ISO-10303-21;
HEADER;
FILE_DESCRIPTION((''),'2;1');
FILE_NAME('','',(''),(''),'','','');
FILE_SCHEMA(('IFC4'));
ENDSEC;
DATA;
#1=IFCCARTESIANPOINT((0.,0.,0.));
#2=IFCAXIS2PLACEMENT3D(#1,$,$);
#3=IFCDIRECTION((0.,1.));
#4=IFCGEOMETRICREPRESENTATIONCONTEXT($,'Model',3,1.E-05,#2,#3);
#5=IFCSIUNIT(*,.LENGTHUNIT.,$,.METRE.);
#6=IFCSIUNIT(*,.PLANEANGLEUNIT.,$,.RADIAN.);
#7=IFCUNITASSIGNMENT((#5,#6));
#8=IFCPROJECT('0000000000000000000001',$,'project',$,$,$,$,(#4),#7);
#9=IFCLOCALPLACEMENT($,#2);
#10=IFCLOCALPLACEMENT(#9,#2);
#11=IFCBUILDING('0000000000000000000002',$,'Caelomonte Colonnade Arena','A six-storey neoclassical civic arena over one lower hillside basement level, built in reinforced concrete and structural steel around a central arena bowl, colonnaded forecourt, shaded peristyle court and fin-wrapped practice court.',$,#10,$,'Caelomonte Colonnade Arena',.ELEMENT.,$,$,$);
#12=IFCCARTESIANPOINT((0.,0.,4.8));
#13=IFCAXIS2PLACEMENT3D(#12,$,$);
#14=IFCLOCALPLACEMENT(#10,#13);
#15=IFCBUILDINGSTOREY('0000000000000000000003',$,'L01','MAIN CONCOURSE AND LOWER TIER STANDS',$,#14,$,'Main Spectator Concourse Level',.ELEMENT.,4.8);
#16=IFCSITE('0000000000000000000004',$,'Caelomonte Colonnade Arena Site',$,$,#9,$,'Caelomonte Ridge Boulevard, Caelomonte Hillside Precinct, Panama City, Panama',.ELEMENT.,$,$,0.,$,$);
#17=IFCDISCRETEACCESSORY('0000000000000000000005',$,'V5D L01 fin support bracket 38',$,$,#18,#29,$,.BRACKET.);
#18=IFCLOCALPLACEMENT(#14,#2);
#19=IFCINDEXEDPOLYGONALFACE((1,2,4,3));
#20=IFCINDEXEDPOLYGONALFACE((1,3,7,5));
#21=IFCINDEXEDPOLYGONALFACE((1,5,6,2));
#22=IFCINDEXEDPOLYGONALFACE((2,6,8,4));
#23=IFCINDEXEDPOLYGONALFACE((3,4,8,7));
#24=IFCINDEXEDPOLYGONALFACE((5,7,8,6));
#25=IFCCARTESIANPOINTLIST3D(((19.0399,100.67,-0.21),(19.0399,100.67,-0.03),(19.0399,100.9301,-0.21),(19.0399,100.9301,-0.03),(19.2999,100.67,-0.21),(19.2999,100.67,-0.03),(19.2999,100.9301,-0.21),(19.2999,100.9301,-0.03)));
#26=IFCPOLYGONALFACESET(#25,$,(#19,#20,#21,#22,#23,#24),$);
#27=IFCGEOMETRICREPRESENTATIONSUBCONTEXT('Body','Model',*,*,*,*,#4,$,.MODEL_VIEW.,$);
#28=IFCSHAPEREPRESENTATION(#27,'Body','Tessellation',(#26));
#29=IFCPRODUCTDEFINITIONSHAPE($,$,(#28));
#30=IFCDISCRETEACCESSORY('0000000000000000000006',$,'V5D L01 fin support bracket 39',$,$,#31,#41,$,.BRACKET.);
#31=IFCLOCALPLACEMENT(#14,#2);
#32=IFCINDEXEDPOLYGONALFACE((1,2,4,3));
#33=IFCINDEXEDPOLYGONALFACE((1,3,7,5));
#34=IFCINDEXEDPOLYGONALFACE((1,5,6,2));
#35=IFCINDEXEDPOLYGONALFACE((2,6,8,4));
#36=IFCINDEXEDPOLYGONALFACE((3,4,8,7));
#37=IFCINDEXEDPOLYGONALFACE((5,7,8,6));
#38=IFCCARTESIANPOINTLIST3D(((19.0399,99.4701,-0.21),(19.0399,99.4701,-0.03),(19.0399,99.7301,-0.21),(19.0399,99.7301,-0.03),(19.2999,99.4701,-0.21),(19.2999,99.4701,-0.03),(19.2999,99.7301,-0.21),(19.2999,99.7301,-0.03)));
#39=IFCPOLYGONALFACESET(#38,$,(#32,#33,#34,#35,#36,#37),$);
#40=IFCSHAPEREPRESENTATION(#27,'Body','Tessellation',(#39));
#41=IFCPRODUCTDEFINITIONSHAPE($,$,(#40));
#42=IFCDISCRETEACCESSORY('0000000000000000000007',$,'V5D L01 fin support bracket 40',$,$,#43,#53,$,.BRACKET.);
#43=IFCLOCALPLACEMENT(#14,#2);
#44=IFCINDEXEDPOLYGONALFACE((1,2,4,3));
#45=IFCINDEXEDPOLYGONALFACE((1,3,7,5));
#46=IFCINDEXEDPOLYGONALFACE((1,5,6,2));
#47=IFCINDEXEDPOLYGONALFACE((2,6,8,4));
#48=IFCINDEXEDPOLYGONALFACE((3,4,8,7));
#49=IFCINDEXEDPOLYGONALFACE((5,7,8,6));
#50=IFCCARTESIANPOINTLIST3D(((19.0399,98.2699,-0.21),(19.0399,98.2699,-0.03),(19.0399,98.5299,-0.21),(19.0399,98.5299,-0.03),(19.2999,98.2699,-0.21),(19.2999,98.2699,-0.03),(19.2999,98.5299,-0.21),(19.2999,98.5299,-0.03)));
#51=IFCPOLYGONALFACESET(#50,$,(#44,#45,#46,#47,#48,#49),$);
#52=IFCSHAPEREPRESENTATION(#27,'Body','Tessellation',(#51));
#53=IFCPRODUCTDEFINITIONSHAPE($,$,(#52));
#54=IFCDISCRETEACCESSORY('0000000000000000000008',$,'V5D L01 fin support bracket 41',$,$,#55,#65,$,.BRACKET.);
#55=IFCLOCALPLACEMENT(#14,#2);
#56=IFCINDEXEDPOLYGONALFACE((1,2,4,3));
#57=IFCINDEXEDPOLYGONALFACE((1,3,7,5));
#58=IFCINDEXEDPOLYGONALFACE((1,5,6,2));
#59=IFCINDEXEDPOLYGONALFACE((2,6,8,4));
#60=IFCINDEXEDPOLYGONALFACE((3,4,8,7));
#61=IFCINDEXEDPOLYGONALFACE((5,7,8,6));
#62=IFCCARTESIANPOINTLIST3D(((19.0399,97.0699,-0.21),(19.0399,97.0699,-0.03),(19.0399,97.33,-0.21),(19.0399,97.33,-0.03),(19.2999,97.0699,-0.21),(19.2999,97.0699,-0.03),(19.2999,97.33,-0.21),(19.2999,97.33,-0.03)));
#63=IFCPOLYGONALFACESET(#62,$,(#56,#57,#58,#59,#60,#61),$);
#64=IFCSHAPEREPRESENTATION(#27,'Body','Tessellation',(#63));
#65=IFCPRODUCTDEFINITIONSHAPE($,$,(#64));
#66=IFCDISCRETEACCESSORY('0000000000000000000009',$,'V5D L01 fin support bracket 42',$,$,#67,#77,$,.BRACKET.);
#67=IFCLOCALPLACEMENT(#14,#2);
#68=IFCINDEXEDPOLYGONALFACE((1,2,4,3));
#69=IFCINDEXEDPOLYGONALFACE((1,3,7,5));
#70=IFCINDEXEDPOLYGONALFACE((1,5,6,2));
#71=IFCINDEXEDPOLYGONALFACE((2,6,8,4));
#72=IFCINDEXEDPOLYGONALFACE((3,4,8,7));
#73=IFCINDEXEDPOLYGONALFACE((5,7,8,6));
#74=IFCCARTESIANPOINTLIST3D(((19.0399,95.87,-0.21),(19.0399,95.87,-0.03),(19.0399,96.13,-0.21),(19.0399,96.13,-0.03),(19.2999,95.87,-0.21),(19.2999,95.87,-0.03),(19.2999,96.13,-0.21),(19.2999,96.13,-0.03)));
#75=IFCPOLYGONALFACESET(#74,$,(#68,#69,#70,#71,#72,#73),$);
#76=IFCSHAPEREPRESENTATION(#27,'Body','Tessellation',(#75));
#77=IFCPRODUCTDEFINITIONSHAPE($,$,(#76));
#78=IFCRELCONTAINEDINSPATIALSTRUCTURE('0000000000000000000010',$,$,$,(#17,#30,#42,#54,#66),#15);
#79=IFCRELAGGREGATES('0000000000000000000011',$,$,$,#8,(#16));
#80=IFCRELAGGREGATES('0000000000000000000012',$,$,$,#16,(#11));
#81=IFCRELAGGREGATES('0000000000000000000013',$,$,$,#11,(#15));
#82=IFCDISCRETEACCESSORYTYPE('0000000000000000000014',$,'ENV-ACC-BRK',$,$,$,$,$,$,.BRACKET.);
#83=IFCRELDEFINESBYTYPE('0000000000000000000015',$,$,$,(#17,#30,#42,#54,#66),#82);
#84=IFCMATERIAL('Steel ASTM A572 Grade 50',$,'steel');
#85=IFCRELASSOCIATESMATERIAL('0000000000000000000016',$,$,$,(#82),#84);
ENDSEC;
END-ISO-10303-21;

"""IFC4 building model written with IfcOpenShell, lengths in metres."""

from ifc_helpers import new_model, si_unit, direction, frame, origin, origin_2d, place, context, subcontext, project, spatial, rectangle, extrude, material, type_object, element, save


model = new_model("IFC4")

# Units and contexts
model_context = context("Model", 3, precision=1e-05, world=origin(), true_north=direction((0.0, 1.0)))
body_context = subcontext(model_context, "Body", "Model", "MODEL_VIEW")
ifc_project = project(units=[si_unit("LENGTHUNIT", "METRE"), si_unit("PLANEANGLEUNIT", "RADIAN")], contexts=[model_context])

# Site, building, storey
site_placement = place(None, origin())
site = spatial("IfcSite", under=ifc_project, at=site_placement, Name="Caelomonte Colonnade Arena Site", LongName="Caelomonte Ridge Boulevard, Caelomonte Hillside Precinct, Panama City, Panama", CompositionType="ELEMENT", RefElevation=0.0)
building_placement = place(site_placement, origin())
building = spatial("IfcBuilding", under=site, at=building_placement, Name="Caelomonte Colonnade Arena", Description="A six-storey neoclassical civic arena over one lower hillside basement level, built in reinforced concrete and structural steel around a central arena bowl, colonnaded forecourt, shaded peristyle court and fin-wrapped practice court.", LongName="Caelomonte Colonnade Arena", CompositionType="ELEMENT")
storey_placement = place(building_placement, frame((0.0, 0.0, 4.8)))
storey = spatial("IfcBuildingStorey", under=building, at=storey_placement, Name="L01", Description="MAIN CONCOURSE AND LOWER TIER STANDS", LongName="Main Spectator Concourse Level", CompositionType="ELEMENT", Elevation=4.8)

# Discrete accessories
ifc_material_1 = material(Name="Steel ASTM A572 Grade 50", Category="steel")
discrete_accessory_type = type_object("IfcDiscreteAccessoryType", Name="ENV-ACC-BRK", PredefinedType="BRACKET", material=ifc_material_1)
for number, where, z_axis, x_axis, name in (
    (1, (19.1699, 100.8, -0.21), (0.0, 0.0, 1.0), (0.0, -1.0, 0.0), "V5D L01 fin support bracket 38"),
    (2, (19.1699, 99.6001, -0.21), (0.0, 0.0, 1.0), (0.0, -1.0, 0.0), "V5D L01 fin support bracket 39"),
    (3, (19.1699, 98.3999, -0.21), (0.0, 0.0, 1.0), (0.0, -1.0, 0.0), "V5D L01 fin support bracket 40"),
    (4, (19.1699, 97.2, -0.21), (0.0, 0.0, 1.0), (0.0, -1.0, 0.0), "V5D L01 fin support bracket 41"),
    (5, (19.1699, 96.0, -0.21), (0.0, 0.0, 1.0), (0.0, -1.0, 0.0), "V5D L01 fin support bracket 42"),
):
    element("IfcDiscreteAccessory", number, at=place(storey_placement, frame(where, z_axis=z_axis, x_axis=x_axis)), inside=storey, type_object=discrete_accessory_type, Name=name, PredefinedType="BRACKET", context=body_context, shape_type="SweptSolid", body=[
        extrude(rectangle(XDim=0.26, YDim=0.26, at=origin_2d()), origin(), (0.0, 0.0, 1.0), 0.1799),
    ])

save(model, "model.ifc")
